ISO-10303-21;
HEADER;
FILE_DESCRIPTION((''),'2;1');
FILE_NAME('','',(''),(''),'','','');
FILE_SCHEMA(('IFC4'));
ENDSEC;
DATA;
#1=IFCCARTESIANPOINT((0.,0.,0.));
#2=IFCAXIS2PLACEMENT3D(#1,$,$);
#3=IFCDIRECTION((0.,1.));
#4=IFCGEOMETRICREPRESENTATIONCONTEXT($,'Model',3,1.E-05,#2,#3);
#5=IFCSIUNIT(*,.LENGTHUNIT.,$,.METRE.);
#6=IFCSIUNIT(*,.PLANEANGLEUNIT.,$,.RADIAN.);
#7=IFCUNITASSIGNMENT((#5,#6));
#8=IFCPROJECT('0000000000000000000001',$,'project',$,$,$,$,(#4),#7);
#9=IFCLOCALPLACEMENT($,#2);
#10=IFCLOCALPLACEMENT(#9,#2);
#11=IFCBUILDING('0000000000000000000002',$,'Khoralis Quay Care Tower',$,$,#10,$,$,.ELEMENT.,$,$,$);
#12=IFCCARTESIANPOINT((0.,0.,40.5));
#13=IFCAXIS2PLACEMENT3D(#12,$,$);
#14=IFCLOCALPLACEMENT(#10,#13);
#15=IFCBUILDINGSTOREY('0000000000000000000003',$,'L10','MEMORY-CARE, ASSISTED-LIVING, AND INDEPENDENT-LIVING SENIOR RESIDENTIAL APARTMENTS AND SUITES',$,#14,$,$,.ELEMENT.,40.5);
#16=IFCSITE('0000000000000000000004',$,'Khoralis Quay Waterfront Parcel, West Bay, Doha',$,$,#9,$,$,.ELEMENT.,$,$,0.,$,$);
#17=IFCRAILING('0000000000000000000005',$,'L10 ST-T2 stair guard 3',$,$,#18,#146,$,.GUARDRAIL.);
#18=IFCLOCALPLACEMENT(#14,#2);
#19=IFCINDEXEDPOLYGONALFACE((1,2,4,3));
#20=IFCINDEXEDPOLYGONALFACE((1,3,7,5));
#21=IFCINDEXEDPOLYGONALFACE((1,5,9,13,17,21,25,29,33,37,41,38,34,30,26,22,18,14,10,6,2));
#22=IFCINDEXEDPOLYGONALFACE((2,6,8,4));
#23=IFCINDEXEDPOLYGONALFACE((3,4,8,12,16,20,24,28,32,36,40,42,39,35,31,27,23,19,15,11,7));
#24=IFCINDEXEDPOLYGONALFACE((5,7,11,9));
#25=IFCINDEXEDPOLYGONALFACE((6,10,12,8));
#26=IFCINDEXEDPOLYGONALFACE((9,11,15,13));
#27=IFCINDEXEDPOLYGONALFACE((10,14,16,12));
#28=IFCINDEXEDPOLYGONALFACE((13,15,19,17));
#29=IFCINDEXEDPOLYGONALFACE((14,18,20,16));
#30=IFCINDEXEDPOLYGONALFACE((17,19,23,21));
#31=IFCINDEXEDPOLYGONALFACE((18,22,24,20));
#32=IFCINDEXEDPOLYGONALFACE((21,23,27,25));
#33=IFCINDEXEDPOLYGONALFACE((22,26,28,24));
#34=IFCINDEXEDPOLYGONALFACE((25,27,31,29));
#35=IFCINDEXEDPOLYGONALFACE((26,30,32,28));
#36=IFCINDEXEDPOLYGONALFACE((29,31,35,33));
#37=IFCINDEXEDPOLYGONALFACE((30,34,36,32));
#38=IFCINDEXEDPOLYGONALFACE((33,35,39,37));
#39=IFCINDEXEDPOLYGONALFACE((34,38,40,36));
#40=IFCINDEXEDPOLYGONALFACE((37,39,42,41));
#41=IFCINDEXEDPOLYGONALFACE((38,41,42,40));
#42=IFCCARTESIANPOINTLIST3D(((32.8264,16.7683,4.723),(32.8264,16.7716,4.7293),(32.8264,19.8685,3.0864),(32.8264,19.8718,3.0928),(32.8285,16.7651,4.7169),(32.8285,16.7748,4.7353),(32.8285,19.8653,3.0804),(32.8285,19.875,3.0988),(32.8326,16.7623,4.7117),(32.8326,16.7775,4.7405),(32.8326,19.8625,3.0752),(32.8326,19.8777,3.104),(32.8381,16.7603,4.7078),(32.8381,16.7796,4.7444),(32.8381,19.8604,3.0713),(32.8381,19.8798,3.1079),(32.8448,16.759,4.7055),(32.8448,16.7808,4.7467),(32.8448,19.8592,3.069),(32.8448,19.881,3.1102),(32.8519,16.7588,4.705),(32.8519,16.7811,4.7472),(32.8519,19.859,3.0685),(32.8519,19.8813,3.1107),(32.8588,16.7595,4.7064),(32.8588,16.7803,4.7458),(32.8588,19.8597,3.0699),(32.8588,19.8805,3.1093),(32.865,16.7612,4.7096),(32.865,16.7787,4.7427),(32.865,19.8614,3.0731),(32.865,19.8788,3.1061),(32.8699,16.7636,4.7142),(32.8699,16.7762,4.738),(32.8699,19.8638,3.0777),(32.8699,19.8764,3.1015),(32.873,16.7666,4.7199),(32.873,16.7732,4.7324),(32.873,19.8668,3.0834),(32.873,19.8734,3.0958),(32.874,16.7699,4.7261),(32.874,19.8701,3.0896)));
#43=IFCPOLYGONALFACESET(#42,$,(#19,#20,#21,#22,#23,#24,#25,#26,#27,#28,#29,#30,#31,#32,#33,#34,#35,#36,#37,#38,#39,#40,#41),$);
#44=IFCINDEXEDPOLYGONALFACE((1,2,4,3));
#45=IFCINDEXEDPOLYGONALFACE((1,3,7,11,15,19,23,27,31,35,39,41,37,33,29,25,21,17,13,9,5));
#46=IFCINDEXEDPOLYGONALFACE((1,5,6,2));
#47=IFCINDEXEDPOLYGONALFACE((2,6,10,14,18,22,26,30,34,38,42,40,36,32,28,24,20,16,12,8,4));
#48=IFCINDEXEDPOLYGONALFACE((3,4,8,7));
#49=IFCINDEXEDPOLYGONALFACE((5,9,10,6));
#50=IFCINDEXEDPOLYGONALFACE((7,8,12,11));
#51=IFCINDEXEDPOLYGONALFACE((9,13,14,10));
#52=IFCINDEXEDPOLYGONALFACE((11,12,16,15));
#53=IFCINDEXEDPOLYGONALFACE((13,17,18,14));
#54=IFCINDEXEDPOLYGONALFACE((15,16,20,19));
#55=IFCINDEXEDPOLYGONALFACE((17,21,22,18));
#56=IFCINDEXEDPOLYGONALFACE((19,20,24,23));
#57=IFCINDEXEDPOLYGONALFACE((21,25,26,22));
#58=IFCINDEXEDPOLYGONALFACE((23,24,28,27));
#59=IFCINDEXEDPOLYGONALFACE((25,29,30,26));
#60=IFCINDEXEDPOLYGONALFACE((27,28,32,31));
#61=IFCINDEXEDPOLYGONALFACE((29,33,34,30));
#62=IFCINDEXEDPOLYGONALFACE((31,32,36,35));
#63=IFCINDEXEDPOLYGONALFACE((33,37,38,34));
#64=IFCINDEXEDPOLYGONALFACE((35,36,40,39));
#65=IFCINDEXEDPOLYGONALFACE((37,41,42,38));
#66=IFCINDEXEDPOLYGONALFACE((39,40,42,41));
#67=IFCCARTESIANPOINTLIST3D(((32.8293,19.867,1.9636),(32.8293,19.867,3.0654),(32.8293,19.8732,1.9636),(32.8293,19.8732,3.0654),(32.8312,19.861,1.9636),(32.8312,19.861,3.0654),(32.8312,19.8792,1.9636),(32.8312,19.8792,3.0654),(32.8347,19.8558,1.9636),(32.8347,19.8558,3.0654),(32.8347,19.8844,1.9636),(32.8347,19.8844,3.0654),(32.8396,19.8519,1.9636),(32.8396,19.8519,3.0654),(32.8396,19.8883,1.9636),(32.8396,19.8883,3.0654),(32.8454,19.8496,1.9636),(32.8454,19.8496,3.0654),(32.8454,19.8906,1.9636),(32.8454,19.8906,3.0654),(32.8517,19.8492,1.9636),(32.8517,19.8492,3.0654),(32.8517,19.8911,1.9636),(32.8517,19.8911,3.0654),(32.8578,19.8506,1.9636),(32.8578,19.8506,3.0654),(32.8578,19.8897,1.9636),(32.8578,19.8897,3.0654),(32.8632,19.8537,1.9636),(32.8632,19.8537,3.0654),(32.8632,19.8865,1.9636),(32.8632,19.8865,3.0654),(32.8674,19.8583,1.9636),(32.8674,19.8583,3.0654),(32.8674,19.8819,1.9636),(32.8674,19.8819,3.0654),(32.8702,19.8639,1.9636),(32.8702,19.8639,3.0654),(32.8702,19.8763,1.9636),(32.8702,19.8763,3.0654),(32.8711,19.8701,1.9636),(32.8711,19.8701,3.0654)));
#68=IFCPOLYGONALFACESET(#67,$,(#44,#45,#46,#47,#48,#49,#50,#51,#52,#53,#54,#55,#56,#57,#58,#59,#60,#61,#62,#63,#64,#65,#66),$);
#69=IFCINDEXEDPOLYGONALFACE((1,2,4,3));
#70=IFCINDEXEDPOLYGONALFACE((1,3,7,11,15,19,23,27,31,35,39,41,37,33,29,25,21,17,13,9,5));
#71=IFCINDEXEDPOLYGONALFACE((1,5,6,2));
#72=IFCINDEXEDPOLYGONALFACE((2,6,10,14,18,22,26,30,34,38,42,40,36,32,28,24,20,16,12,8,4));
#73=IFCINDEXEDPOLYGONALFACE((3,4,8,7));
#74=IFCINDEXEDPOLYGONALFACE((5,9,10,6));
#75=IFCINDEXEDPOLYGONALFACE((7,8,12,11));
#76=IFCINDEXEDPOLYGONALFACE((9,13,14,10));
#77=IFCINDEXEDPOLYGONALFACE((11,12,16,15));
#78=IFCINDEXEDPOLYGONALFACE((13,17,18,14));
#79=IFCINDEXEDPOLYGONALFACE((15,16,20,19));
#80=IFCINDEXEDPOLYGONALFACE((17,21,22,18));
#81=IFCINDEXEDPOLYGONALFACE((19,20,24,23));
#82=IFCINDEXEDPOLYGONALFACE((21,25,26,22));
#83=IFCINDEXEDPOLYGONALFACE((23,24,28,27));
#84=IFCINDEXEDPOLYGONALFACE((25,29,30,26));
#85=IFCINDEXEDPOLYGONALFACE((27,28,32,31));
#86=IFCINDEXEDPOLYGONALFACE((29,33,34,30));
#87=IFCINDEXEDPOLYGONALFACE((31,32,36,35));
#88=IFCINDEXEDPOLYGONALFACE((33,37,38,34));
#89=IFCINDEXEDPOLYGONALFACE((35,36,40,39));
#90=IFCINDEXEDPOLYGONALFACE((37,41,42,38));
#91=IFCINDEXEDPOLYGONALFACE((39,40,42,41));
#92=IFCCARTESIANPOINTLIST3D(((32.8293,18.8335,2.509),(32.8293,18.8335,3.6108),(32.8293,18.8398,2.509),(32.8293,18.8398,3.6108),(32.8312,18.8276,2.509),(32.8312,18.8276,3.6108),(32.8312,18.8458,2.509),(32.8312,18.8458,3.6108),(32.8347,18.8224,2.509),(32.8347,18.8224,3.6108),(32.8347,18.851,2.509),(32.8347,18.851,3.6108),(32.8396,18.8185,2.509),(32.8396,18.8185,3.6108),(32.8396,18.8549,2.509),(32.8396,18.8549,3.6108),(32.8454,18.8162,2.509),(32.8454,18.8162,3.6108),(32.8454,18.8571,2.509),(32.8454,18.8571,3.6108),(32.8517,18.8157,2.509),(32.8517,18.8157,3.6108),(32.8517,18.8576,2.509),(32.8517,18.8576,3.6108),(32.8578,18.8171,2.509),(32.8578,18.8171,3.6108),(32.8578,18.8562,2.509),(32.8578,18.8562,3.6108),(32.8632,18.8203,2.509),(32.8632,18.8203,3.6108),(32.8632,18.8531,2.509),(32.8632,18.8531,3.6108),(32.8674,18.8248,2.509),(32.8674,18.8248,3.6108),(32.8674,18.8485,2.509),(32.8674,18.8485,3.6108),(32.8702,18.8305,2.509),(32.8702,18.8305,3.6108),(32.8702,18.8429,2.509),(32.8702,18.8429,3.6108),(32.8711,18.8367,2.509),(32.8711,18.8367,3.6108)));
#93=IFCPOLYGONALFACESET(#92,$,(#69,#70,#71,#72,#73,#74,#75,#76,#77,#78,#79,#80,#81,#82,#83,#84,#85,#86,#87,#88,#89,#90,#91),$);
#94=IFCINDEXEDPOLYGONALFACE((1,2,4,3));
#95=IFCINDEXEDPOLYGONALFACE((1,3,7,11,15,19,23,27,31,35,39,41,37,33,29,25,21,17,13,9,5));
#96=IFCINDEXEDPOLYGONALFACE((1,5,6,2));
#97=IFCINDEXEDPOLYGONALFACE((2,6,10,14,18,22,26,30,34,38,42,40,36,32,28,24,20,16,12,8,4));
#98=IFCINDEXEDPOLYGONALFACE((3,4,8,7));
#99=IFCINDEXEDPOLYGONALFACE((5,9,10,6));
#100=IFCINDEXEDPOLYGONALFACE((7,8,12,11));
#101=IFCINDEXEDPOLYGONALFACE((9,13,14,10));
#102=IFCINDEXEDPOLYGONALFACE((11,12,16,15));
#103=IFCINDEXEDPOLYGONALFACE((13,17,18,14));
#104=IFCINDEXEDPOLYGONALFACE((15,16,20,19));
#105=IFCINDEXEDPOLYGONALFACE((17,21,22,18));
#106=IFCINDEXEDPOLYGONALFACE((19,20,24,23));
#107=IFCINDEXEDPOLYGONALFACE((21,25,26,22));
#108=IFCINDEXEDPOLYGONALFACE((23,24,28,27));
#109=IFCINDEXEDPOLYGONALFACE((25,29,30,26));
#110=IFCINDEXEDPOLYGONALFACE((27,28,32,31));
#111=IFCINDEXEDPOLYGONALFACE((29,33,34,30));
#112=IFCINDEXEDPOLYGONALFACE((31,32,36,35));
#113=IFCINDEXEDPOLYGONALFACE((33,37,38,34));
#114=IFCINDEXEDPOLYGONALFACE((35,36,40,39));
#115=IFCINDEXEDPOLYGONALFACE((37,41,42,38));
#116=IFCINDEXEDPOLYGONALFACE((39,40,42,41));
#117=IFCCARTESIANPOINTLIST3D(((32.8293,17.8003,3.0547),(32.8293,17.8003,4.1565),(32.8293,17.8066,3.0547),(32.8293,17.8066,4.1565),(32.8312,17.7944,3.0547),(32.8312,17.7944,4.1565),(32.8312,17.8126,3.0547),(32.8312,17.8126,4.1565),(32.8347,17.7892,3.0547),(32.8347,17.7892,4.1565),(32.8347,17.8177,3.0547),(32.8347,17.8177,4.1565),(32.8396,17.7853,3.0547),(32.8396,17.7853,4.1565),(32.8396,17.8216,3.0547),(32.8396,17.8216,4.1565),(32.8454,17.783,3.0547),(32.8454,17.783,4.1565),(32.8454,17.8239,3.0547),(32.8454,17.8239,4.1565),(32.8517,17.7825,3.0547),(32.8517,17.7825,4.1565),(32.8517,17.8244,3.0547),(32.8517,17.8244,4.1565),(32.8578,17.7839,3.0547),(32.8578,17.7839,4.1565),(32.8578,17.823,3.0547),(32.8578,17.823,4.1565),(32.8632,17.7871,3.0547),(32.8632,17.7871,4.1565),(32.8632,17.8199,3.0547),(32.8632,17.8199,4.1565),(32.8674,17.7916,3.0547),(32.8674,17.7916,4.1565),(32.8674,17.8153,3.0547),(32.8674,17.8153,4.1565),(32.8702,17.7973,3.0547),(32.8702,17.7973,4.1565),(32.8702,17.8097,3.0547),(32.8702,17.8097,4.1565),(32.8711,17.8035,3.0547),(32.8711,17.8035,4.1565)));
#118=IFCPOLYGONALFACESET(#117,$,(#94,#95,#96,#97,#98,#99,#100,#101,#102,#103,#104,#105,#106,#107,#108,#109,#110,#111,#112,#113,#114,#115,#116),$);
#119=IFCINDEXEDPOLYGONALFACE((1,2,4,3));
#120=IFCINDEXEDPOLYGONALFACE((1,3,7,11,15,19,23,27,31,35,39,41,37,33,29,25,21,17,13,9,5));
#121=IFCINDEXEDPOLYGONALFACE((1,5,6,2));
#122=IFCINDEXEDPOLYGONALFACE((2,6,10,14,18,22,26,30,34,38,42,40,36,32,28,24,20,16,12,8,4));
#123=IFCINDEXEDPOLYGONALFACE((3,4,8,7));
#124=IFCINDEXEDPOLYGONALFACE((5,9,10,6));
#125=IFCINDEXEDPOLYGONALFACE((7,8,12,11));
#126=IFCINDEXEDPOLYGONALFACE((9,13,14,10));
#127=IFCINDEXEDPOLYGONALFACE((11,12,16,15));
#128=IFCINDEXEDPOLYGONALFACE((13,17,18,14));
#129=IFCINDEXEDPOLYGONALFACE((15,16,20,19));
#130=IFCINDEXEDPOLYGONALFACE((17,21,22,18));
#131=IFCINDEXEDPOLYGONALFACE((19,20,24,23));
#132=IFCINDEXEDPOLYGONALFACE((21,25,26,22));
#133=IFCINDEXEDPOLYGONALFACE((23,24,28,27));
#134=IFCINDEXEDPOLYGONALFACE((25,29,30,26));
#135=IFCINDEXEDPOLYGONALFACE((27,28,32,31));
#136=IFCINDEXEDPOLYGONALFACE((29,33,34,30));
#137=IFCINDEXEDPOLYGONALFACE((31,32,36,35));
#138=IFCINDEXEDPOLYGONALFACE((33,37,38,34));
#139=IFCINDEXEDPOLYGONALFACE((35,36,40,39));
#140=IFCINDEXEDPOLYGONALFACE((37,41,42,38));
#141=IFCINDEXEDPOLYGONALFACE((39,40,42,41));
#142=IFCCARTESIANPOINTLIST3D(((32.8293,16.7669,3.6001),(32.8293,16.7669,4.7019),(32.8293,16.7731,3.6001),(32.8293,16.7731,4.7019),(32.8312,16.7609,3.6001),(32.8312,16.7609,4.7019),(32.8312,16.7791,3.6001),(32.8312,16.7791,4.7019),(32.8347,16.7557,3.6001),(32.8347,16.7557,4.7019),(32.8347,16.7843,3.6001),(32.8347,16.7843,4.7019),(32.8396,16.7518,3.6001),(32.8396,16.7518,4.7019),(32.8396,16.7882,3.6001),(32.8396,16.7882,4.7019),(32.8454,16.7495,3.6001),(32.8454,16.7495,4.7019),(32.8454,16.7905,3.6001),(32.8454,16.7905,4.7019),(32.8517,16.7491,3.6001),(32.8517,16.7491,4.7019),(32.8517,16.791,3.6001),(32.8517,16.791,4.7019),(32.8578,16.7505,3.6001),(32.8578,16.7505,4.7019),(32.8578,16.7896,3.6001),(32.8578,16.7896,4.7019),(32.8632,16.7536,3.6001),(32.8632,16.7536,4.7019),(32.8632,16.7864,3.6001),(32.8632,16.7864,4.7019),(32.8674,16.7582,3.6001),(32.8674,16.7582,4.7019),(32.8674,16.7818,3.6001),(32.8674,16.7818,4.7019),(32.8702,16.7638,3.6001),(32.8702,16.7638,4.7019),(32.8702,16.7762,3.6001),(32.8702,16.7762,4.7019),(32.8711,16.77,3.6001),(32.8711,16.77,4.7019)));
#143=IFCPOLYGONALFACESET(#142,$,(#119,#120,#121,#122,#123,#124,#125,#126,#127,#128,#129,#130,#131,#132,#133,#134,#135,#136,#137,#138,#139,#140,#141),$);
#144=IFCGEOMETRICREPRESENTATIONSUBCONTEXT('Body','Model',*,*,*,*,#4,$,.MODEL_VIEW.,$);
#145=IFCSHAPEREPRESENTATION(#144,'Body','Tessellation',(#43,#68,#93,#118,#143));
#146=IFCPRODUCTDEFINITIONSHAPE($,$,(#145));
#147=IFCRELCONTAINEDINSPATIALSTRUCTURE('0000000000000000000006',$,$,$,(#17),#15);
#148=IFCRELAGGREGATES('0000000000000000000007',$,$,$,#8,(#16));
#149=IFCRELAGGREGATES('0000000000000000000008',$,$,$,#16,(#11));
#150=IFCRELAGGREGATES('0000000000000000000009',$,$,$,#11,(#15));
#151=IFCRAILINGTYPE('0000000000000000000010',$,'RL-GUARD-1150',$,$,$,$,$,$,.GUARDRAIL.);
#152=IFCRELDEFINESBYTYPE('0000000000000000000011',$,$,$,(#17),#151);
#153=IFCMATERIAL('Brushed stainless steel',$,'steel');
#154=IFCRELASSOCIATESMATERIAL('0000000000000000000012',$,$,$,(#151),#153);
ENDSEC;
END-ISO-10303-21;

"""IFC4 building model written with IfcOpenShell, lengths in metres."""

from ifc_helpers import new_model, si_unit, direction, frame, origin, origin_2d, place, context, subcontext, project, spatial, circle, extrude, material, type_object, element, save


model = new_model("IFC4")

# Units and contexts
model_context = context("Model", 3, precision=1e-05, world=origin(), true_north=direction((0.0, 1.0)))
body_context = subcontext(model_context, "Body", "Model", "MODEL_VIEW")
ifc_project = project(units=[si_unit("LENGTHUNIT", "METRE"), si_unit("PLANEANGLEUNIT", "RADIAN")], contexts=[model_context])

# Site, building, storey
site_placement = place(None, origin())
site = spatial("IfcSite", under=ifc_project, at=site_placement, Name="Khoralis Quay Waterfront Parcel, West Bay, Doha", CompositionType="ELEMENT", RefElevation=0.0)
building_placement = place(site_placement, origin())
building = spatial("IfcBuilding", under=site, at=building_placement, Name="Khoralis Quay Care Tower", CompositionType="ELEMENT")
storey_placement = place(building_placement, frame((0.0, 0.0, 40.5)))
storey = spatial("IfcBuildingStorey", under=building, at=storey_placement, Name="L10", Description="MEMORY-CARE, ASSISTED-LIVING, AND INDEPENDENT-LIVING SENIOR RESIDENTIAL APARTMENTS AND SUITES", CompositionType="ELEMENT", Elevation=40.5)

# Shared definitions
ifc_material_1 = material(Name="Brushed stainless steel", Category="steel")

# Railing
railing_type_1 = type_object("IfcRailingType", Name="RL-GUARD-1150", PredefinedType="GUARDRAIL", material=ifc_material_1)
railing_1_placement = place(storey_placement, frame((32.8501, 19.8701, 1.9636)))
element("IfcRailing", 1, at=railing_1_placement, inside=storey, type_object=railing_type_1, Name="L10 ST-T2 stair guard 3", PredefinedType="GUARDRAIL", context=body_context, shape_type="SweptSolid", body=[
    extrude(circle(Radius=0.0239, at=origin_2d()), frame((0.0, 0.0, 1.126), z_axis=(0.0, -0.884348, 0.466828), x_axis=(1.0, 0.0, 0.0)), (0.0, 0.0, 1.0), 3.5056),
    extrude(circle(Radius=0.021, at=origin_2d()), origin(), (0.0, 0.0, 1.0), 1.1018),
    extrude(circle(Radius=0.021, at=origin_2d()), frame((0.0, -1.0334, 0.5454)), (0.0, 0.0, 1.0), 1.1018),
    extrude(circle(Radius=0.021, at=origin_2d()), frame((0.0, -2.0667, 1.0911)), (0.0, 0.0, 1.0), 1.1018),
    extrude(circle(Radius=0.021, at=origin_2d()), frame((0.0, -3.1001, 1.6365)), (0.0, 0.0, 1.0), 1.1018),
])

save(model, "model.ifc")
